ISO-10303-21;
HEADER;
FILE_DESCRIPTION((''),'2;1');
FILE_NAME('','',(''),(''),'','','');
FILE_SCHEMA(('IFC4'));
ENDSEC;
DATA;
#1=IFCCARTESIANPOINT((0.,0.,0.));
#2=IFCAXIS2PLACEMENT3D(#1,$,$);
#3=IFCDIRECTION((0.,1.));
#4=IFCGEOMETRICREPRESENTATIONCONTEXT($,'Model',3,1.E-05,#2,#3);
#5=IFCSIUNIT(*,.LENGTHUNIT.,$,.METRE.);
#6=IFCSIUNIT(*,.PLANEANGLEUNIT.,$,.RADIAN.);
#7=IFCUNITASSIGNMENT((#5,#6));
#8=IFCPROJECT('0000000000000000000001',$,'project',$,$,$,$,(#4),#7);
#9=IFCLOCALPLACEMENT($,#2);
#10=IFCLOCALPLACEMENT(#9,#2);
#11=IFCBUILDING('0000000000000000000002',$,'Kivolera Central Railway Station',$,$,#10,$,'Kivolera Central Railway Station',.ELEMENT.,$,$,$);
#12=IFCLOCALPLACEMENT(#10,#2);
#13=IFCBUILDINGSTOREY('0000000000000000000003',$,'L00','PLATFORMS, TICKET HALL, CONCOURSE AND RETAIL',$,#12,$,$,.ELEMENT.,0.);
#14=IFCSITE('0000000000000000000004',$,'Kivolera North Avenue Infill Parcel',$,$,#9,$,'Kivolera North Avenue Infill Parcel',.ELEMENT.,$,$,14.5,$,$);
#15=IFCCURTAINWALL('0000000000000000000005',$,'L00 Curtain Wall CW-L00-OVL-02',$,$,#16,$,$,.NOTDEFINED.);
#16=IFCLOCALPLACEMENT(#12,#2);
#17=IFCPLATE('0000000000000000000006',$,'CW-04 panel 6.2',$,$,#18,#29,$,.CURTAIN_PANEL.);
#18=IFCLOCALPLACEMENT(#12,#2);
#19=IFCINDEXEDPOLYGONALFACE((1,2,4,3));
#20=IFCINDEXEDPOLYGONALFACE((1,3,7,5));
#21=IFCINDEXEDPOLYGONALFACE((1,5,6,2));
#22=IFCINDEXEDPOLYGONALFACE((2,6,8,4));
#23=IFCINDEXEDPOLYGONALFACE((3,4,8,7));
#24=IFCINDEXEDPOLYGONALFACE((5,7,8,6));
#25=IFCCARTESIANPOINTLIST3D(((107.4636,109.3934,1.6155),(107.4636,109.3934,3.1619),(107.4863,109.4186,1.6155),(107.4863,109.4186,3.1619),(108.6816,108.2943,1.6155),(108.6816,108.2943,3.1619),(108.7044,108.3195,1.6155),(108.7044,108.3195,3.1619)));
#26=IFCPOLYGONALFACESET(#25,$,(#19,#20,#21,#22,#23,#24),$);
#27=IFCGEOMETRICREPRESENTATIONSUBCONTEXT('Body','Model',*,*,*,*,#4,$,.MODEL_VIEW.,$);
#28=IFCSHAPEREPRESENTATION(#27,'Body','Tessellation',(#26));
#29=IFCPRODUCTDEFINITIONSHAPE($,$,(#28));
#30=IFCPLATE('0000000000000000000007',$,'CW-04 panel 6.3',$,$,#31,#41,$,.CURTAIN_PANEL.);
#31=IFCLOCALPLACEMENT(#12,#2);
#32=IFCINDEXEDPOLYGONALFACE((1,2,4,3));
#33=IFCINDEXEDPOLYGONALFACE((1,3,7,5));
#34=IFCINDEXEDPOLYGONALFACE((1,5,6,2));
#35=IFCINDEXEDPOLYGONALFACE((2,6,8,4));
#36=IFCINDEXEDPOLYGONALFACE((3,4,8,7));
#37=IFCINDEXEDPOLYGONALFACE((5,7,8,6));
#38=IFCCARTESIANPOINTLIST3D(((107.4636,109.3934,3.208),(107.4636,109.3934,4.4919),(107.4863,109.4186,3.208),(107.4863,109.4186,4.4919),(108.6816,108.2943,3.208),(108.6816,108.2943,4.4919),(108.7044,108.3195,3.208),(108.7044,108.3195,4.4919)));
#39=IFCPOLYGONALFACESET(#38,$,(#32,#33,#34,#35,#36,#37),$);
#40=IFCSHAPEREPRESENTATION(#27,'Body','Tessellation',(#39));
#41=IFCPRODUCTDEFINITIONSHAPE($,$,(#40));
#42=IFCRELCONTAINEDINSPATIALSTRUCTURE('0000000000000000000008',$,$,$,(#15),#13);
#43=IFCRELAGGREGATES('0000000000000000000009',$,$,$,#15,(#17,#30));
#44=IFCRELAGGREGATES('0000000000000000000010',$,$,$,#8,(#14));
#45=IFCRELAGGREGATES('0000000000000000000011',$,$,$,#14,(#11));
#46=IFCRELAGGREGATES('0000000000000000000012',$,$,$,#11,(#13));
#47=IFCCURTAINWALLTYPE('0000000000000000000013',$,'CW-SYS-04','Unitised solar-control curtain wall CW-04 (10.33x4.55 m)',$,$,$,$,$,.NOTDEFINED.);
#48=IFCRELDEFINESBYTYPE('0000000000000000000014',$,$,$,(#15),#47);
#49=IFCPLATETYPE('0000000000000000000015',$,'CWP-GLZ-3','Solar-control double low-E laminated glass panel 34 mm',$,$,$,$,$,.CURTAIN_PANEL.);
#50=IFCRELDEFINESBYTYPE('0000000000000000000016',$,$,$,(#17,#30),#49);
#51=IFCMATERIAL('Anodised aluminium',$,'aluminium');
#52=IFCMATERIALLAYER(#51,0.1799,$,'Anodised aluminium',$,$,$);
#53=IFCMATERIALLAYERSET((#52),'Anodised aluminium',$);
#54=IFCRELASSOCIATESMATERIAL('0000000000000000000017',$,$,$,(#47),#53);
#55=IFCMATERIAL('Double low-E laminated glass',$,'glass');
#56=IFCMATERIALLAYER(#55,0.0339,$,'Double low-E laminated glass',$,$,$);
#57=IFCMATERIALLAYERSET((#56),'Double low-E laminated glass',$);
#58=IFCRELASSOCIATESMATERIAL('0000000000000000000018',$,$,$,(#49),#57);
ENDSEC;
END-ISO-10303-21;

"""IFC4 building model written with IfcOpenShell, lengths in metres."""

from ifc_helpers import new_model, si_unit, direction, frame, origin, origin_2d, place, context, subcontext, project, spatial, rectangle, extrude, material, layer, layer_set, type_object, element, aggregate, save


model = new_model("IFC4")

# Units and contexts
model_context = context("Model", 3, precision=1e-05, world=origin(), true_north=direction((0.0, 1.0)))
body_context = subcontext(model_context, "Body", "Model", "MODEL_VIEW")
ifc_project = project(units=[si_unit("LENGTHUNIT", "METRE"), si_unit("PLANEANGLEUNIT", "RADIAN")], contexts=[model_context])

# Site, building, storey
site_placement = place(None, origin())
site = spatial("IfcSite", under=ifc_project, at=site_placement, Name="Kivolera North Avenue Infill Parcel", LongName="Kivolera North Avenue Infill Parcel", CompositionType="ELEMENT", RefElevation=14.5)
building_placement = place(site_placement, origin())
building = spatial("IfcBuilding", under=site, at=building_placement, Name="Kivolera Central Railway Station", LongName="Kivolera Central Railway Station", CompositionType="ELEMENT")
storey_placement = place(building_placement, origin())
storey = spatial("IfcBuildingStorey", under=building, at=storey_placement, Name="L00", Description="PLATFORMS, TICKET HALL, CONCOURSE AND RETAIL", CompositionType="ELEMENT", Elevation=0.0)

# Curtain wall, plates
ifc_material_1 = material(Name="Anodised aluminium", Category="aluminium")
ifc_layer_1 = layer(ifc_material_1, 0.1799, Name="Anodised aluminium")
ifc_layer_set_1 = layer_set([ifc_layer_1], Name="Anodised aluminium")
curtain_wall_type = type_object("IfcCurtainWallType", Name="CW-SYS-04", Description="Unitised solar-control curtain wall CW-04 (10.33x4.55 m)", PredefinedType="NOTDEFINED", material=ifc_layer_set_1)
curtain_wall_placement = place(storey_placement, origin())
curtain_wall = element("IfcCurtainWall", 1, at=curtain_wall_placement, inside=storey, type_object=curtain_wall_type, Name="L00 Curtain Wall CW-L00-OVL-02", PredefinedType="NOTDEFINED")
ifc_material_2 = material(Name="Double low-E laminated glass", Category="glass")
ifc_layer_2 = layer(ifc_material_2, 0.0339, Name="Double low-E laminated glass")
ifc_layer_set_2 = layer_set([ifc_layer_2], Name="Double low-E laminated glass")
plate_type = type_object("IfcPlateType", Name="CWP-GLZ-3", Description="Solar-control double low-E laminated glass panel 34 mm", PredefinedType="CURTAIN_PANEL", material=ifc_layer_set_2)
plate_1_placement = place(storey_placement, frame((108.084, 108.8564, 1.6155), z_axis=(0.0, 0.0, 1.0), x_axis=(0.742432, -0.669922, 0.0)))
plate_1 = element("IfcPlate", 2, at=plate_1_placement, type_object=plate_type, Name="CW-04 panel 6.2", PredefinedType="CURTAIN_PANEL", context=body_context, shape_type="SweptSolid", body=[
    extrude(rectangle(XDim=1.6406, YDim=0.0339, at=origin_2d()), origin(), (0.0, 0.0, 1.0), 1.5464),
])
plate_2_placement = place(storey_placement, frame((108.084, 108.8564, 3.208), z_axis=(0.0, 0.0, 1.0), x_axis=(0.742432, -0.669922, 0.0)))
plate_2 = element("IfcPlate", 3, at=plate_2_placement, type_object=plate_type, Name="CW-04 panel 6.3", PredefinedType="CURTAIN_PANEL", context=body_context, shape_type="SweptSolid", body=[
    extrude(rectangle(XDim=1.6406, YDim=0.0339, at=origin_2d()), origin(), (0.0, 0.0, 1.0), 1.2839),
])
aggregate(curtain_wall, [plate_1, plate_2])

save(model, "model.ifc")
